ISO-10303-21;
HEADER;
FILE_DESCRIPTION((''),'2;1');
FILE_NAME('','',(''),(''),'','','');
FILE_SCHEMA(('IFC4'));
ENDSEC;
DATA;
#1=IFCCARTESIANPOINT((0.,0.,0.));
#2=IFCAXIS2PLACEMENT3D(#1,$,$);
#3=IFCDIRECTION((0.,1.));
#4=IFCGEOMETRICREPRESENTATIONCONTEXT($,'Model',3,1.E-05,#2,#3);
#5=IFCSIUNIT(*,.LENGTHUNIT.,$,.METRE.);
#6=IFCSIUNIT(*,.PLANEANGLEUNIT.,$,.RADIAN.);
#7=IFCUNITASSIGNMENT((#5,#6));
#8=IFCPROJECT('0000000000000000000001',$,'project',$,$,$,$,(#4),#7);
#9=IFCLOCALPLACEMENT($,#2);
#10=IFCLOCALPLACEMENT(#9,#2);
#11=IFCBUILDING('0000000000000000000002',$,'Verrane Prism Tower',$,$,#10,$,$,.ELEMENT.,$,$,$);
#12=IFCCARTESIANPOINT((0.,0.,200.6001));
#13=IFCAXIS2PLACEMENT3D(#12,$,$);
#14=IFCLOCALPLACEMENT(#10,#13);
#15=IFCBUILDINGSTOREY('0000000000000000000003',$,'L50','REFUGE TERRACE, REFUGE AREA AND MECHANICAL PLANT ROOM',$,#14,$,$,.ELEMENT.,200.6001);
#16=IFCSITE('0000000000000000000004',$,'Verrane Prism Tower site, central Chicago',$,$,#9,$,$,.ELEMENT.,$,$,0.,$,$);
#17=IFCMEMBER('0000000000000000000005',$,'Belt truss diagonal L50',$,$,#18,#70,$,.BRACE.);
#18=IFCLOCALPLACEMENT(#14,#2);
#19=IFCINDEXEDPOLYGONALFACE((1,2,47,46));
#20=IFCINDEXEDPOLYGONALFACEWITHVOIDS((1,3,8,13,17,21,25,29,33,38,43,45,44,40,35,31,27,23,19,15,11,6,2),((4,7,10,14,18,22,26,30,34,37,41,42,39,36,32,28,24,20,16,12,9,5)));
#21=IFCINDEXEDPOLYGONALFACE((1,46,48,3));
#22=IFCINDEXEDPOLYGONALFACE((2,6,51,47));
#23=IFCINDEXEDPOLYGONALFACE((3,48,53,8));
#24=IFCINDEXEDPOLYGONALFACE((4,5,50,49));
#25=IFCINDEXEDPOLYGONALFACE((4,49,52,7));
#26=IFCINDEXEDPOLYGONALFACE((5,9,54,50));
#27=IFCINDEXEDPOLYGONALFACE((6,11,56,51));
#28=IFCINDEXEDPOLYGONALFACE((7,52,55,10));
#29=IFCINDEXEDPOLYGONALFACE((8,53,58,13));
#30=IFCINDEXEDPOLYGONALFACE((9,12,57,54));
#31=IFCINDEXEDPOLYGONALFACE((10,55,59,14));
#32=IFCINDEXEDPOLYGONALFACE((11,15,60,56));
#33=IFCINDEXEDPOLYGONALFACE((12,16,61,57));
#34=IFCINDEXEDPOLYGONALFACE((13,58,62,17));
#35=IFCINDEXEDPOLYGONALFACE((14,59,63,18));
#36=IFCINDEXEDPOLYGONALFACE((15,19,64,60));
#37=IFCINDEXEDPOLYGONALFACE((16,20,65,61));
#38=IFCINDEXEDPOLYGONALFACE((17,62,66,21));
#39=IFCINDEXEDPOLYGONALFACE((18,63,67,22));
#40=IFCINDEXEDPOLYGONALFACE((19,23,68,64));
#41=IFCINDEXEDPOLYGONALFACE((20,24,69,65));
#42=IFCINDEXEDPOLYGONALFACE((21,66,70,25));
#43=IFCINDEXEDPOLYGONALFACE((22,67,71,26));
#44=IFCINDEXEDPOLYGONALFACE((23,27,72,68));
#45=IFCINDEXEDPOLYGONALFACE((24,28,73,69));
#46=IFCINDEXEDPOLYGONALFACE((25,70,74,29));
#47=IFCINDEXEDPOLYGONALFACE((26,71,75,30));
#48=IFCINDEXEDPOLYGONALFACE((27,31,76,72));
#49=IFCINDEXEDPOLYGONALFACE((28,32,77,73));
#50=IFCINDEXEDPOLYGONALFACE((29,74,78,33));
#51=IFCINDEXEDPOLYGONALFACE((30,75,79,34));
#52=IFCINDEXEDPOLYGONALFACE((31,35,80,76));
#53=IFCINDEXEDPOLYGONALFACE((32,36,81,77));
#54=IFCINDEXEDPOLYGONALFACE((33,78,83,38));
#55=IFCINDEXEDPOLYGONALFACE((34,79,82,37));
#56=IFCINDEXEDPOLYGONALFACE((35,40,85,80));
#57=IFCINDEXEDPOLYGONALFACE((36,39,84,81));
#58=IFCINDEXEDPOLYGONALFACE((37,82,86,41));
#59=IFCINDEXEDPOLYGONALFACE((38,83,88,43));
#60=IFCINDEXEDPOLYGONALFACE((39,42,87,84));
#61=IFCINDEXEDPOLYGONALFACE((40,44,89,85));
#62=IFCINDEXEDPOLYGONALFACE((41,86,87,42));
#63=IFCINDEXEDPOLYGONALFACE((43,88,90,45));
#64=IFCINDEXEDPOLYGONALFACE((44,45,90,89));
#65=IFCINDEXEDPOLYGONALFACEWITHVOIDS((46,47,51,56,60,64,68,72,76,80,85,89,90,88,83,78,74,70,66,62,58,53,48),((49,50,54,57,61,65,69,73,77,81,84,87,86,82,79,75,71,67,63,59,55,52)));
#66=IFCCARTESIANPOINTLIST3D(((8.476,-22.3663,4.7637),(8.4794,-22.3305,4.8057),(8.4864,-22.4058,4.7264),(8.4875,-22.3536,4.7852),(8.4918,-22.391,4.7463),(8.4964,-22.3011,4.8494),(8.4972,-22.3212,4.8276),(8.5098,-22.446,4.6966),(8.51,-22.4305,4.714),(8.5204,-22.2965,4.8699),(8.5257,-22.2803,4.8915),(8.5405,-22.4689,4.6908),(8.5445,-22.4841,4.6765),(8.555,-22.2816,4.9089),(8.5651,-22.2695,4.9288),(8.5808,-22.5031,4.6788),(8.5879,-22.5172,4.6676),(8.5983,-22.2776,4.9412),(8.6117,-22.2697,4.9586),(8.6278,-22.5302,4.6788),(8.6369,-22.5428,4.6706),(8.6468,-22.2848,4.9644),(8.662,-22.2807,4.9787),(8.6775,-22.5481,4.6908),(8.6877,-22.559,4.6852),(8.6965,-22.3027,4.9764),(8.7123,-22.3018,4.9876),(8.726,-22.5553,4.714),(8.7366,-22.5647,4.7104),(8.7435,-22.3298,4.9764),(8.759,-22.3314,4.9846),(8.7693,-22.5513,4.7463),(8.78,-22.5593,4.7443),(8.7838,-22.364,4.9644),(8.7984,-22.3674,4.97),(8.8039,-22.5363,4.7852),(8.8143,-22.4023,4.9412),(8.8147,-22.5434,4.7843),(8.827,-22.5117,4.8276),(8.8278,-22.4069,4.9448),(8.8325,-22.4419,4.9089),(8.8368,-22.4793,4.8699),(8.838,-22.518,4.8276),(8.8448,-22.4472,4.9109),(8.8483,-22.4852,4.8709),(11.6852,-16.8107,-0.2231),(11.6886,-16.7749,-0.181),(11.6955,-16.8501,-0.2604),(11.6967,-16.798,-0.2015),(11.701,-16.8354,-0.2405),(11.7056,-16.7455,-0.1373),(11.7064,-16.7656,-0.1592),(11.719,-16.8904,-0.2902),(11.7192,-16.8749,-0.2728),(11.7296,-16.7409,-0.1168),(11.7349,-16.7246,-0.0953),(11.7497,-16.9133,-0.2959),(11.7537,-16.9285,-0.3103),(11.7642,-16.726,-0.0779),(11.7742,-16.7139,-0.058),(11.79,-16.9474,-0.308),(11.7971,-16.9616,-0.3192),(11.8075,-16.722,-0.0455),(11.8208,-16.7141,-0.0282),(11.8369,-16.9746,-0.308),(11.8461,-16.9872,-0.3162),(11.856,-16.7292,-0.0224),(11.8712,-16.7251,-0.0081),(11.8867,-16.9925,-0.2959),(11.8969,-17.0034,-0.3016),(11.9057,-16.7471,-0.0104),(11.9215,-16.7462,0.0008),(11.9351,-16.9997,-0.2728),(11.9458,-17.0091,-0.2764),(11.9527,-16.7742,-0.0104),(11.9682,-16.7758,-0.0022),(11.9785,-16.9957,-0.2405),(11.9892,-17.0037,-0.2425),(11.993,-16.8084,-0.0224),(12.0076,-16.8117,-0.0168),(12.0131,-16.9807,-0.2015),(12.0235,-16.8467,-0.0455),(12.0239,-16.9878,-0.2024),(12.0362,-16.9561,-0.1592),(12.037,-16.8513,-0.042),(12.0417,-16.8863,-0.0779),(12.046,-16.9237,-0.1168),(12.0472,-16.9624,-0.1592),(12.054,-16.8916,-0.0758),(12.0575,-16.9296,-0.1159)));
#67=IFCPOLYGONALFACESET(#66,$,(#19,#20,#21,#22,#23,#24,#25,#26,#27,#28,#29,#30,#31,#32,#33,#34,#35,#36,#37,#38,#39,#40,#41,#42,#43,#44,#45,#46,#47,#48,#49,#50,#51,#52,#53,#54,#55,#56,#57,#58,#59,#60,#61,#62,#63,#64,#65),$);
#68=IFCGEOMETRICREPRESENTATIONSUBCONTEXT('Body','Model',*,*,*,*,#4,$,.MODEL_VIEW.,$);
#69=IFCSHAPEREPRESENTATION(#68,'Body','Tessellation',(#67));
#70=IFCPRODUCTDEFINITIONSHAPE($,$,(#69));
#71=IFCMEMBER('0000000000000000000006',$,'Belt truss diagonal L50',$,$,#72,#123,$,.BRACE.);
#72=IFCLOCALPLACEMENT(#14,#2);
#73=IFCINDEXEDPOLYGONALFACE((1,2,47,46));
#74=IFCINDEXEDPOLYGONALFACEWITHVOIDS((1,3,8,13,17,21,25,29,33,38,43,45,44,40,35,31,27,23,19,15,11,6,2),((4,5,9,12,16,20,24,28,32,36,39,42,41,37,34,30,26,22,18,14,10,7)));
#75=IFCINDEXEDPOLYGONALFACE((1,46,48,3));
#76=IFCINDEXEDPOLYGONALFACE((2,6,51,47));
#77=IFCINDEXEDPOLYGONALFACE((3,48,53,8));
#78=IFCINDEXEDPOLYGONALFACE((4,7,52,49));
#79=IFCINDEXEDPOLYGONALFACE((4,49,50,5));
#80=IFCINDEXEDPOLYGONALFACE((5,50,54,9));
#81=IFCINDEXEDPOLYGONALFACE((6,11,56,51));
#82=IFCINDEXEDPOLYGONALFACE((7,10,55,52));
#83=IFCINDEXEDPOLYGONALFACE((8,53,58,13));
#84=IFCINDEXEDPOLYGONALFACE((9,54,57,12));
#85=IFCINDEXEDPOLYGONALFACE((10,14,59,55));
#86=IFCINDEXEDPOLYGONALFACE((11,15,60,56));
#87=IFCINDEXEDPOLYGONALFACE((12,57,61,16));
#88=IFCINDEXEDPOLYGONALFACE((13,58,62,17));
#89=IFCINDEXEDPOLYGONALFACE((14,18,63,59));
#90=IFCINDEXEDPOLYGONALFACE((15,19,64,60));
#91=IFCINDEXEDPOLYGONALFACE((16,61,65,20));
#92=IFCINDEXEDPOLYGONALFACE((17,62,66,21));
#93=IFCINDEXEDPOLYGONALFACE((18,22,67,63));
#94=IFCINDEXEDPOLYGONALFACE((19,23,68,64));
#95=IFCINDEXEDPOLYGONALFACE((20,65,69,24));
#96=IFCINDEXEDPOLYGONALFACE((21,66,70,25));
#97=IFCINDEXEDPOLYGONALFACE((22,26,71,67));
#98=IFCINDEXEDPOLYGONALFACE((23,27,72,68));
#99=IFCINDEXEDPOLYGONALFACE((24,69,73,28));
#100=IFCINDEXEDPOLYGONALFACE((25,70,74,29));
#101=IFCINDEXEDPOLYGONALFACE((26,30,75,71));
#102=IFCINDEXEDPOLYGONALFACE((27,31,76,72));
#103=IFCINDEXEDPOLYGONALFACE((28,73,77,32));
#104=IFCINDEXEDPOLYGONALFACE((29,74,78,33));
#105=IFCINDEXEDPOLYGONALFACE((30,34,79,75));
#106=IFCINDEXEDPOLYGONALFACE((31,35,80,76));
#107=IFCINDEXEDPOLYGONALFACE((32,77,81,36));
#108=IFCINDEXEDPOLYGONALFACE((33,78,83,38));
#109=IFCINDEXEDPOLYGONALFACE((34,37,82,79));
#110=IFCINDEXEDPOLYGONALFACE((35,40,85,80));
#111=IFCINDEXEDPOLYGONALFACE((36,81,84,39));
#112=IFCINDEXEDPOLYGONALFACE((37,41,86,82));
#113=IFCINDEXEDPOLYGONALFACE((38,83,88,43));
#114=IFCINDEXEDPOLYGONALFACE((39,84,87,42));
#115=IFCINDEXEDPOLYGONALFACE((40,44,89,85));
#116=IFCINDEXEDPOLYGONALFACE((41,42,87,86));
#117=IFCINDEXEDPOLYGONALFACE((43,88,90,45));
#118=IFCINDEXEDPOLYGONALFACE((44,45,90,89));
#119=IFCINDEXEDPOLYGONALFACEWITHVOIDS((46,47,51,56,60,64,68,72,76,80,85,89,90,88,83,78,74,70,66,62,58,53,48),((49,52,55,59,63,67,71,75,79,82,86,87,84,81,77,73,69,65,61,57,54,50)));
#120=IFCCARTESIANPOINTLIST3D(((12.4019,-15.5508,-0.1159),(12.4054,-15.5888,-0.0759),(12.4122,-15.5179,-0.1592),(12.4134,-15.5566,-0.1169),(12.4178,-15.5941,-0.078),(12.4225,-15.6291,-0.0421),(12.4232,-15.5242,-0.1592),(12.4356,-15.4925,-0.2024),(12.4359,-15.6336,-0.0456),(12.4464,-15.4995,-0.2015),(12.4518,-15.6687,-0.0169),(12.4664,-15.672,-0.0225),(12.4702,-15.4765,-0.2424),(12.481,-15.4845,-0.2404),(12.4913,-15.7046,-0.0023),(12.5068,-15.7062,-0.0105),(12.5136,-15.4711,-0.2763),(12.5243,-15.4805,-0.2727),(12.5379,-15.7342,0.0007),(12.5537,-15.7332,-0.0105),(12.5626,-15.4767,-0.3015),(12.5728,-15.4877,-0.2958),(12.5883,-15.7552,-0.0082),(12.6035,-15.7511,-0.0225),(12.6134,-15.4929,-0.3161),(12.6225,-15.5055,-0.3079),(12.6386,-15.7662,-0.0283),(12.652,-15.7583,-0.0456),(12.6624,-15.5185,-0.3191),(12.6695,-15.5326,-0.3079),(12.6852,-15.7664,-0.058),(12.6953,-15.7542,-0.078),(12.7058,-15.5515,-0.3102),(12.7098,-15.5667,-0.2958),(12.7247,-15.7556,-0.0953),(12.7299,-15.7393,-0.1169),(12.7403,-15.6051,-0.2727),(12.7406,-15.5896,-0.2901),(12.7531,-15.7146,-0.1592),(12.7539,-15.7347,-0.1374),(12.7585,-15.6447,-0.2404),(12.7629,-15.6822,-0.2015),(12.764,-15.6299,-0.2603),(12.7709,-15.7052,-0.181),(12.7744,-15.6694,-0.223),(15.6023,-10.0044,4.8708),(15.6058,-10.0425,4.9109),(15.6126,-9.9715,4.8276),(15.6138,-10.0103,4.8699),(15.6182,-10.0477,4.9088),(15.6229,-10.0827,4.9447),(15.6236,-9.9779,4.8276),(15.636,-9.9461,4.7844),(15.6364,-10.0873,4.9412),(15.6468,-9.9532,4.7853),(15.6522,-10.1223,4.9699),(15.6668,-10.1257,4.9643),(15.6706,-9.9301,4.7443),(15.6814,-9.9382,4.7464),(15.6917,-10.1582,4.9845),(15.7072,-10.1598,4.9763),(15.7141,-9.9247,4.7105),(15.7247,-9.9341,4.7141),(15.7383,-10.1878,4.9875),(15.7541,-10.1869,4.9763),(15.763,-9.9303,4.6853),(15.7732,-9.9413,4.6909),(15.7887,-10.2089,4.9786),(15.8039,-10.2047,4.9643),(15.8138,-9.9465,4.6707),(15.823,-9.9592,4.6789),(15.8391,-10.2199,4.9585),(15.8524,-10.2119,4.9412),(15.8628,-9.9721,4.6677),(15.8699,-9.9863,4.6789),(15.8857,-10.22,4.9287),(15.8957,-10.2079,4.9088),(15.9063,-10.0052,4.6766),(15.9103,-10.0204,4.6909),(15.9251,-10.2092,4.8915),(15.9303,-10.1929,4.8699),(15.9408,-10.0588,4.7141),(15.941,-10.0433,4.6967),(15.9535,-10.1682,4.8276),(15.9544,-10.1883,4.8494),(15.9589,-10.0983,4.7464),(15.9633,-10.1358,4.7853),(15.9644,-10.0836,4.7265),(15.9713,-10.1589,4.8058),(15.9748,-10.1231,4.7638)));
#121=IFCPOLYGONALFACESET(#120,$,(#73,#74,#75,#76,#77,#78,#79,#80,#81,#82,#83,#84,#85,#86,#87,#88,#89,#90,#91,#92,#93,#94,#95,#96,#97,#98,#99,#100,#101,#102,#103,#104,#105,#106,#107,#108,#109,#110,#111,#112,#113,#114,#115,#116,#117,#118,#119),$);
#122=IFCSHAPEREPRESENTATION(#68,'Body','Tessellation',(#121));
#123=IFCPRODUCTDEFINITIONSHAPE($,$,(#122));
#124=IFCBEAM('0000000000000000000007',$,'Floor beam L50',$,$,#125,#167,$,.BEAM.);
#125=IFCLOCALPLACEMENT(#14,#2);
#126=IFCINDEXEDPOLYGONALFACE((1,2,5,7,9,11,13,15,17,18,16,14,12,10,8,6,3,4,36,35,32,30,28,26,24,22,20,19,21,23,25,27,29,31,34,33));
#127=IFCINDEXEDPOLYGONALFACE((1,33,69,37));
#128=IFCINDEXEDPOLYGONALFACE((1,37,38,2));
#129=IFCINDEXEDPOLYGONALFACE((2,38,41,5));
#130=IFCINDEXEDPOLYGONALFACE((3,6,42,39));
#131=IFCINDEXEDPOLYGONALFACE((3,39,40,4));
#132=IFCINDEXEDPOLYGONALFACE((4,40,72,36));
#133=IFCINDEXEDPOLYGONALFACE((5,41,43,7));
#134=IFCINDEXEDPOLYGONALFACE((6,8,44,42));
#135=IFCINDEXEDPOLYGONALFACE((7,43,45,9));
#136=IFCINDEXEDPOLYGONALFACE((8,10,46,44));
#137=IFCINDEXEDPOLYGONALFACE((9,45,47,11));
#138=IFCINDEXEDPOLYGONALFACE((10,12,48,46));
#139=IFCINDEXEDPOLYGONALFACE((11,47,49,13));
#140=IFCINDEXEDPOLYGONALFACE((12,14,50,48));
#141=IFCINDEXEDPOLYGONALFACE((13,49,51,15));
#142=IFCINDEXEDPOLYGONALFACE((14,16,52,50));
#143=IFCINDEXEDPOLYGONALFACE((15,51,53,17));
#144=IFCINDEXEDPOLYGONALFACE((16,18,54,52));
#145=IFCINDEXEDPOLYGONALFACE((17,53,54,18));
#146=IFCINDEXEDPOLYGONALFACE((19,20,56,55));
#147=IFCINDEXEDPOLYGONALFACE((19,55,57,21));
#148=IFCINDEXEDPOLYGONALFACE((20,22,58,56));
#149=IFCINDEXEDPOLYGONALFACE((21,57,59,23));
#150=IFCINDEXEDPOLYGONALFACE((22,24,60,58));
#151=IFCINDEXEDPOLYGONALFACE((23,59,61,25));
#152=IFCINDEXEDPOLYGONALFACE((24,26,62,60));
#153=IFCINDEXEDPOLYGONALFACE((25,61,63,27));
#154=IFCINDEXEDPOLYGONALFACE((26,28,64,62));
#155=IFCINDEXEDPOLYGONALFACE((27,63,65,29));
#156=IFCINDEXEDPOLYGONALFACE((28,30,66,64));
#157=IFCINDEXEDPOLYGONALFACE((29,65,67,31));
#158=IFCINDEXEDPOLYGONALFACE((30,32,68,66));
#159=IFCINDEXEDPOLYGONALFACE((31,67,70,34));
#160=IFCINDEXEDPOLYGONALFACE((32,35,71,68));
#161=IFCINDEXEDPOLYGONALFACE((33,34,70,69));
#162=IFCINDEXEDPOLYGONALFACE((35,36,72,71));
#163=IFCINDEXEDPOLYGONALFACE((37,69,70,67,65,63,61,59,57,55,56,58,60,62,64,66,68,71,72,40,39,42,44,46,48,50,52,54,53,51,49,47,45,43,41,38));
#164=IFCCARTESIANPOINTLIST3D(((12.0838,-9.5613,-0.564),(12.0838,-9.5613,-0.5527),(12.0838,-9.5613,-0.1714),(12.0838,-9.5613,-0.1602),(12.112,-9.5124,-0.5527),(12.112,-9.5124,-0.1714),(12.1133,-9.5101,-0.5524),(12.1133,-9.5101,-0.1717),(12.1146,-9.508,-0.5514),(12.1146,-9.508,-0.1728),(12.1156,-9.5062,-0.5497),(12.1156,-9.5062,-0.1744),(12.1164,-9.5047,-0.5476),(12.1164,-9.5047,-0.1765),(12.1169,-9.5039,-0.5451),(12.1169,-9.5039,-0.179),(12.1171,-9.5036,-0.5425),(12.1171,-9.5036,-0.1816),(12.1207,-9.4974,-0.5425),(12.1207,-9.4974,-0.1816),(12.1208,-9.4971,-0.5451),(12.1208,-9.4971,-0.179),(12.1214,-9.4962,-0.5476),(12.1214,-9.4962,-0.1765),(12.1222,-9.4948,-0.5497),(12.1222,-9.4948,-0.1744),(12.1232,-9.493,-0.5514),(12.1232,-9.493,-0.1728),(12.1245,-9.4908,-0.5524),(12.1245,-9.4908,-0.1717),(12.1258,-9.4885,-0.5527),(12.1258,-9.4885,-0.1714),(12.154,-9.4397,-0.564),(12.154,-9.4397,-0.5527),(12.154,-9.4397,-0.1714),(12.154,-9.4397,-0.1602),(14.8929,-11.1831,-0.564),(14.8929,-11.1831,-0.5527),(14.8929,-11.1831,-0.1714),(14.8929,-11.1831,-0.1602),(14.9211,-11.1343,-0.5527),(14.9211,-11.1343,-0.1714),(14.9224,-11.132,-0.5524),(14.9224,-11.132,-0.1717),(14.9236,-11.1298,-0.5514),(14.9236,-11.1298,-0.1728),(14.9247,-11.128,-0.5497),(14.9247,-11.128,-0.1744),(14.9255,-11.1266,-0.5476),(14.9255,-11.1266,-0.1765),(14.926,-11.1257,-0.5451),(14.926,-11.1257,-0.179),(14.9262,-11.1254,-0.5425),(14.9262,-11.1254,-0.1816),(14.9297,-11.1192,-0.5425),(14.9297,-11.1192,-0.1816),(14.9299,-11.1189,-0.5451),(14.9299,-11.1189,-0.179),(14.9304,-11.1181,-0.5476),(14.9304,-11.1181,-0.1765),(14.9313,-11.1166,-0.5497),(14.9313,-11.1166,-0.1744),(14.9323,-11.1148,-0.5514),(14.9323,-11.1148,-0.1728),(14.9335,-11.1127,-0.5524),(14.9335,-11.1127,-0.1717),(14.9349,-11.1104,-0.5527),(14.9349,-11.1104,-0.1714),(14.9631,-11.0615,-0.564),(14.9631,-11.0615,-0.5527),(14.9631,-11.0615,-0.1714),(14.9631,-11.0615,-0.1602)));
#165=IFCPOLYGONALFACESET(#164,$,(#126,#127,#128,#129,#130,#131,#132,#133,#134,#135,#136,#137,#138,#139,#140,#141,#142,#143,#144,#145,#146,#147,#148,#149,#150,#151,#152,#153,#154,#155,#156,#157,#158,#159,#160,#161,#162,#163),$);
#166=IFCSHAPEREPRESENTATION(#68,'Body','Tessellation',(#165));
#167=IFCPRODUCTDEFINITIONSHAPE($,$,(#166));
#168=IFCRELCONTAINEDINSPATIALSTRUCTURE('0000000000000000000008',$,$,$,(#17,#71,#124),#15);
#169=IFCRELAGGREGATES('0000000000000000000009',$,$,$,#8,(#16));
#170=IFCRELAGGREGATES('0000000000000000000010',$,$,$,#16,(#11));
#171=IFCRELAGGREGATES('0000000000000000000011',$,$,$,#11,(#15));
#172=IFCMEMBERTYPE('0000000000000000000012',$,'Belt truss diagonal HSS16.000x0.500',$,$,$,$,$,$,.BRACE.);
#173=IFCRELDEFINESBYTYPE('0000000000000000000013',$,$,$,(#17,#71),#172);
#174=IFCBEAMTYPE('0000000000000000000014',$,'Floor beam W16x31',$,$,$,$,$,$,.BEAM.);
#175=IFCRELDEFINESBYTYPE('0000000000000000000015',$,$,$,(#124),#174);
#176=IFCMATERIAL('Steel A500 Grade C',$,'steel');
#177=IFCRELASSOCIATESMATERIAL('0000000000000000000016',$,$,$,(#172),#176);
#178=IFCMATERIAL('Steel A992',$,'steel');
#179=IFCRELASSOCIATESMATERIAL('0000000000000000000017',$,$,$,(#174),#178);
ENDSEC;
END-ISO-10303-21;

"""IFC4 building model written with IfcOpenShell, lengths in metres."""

from ifc_helpers import new_model, si_unit, direction, frame, origin, origin_2d, place, context, subcontext, project, spatial, hollow_circle, i_section, extrude, material, material_profile, profile_set, type_object, element, save


model = new_model("IFC4")

# Units and contexts
model_context = context("Model", 3, precision=1e-05, world=origin(), true_north=direction((0.0, 1.0)))
body_context = subcontext(model_context, "Body", "Model", "MODEL_VIEW")
ifc_project = project(units=[si_unit("LENGTHUNIT", "METRE"), si_unit("PLANEANGLEUNIT", "RADIAN")], contexts=[model_context])

# Site, building, storey
site_placement = place(None, origin())
site = spatial("IfcSite", under=ifc_project, at=site_placement, Name="Verrane Prism Tower site, central Chicago", CompositionType="ELEMENT", RefElevation=0.0)
building_placement = place(site_placement, origin())
building = spatial("IfcBuilding", under=site, at=building_placement, Name="Verrane Prism Tower", CompositionType="ELEMENT")
storey_placement = place(building_placement, frame((0.0, 0.0, 200.6001)))
storey = spatial("IfcBuildingStorey", under=building, at=storey_placement, Name="L50", Description="REFUGE TERRACE, REFUGE AREA AND MECHANICAL PLANT ROOM", CompositionType="ELEMENT", Elevation=200.6001)

# Members
ifc_material_1 = material(Name="Steel A500 Grade C", Category="steel")
ifc_material_profile_1 = material_profile(ifc_material_1, hollow_circle(Radius=0.2031, WallThickness=0.0127, at=origin_2d()), Name="HSS16.000x0.500")
ifc_profile_set_1 = profile_set([ifc_material_profile_1], Name="Steel A500 Grade C")
member_type_1 = type_object("IfcMemberType", Name="Belt truss diagonal HSS16.000x0.500", PredefinedType="BRACE", material=ifc_profile_set_1)
member_1_placement = place(storey_placement, frame((11.8713, -16.8608, -0.1592), z_axis=(-0.39493, -0.683685, 0.613682), x_axis=(0.865913, -0.500195, 0.0)))
element("IfcMember", 1, at=member_1_placement, inside=storey, type_object=member_type_1, Name="Belt truss diagonal L50", PredefinedType="BRACE", context=body_context, shape_type="SweptSolid", body=[
    extrude(hollow_circle(Radius=0.2031, WallThickness=0.0127, at=origin_2d()), origin(), (0.0, 0.0, 1.0), 8.126),
])
member_2_placement = place(storey_placement, frame((12.5881, -15.6194, -0.1592), z_axis=(0.394325, 0.683368, 0.614424), x_axis=(-0.866145, 0.499793, 0.0)))
element("IfcMember", 2, at=member_2_placement, inside=storey, type_object=member_type_1, Name="Belt truss diagonal L50", PredefinedType="BRACE", context=body_context, shape_type="SweptSolid", body=[
    extrude(hollow_circle(Radius=0.2031, WallThickness=0.0127, at=origin_2d()), origin(), (0.0, 0.0, 1.0), 8.1162),
])

# Beam
ifc_material_2 = material(Name="Steel A992", Category="steel")
ifc_material_profile_2 = material_profile(ifc_material_2, i_section(OverallWidth=0.1404, OverallDepth=0.4038, WebThickness=0.0071, FlangeThickness=0.0112, FilletRadius=0.0103, at=origin_2d()), Name="W16x31")
ifc_profile_set_2 = profile_set([ifc_material_profile_2], Name="Steel A992")
beam_type_1 = type_object("IfcBeamType", Name="Floor beam W16x31", PredefinedType="BEAM", material=ifc_profile_set_2)
beam_1_placement = place(storey_placement, frame((14.928, -11.1223, -0.3621), z_axis=(-0.866025, 0.5, 0.0), x_axis=(-0.5, -0.866025, 0.0)))
element("IfcBeam", 3, at=beam_1_placement, inside=storey, type_object=beam_type_1, Name="Floor beam L50", PredefinedType="BEAM", context=body_context, shape_type="SweptSolid", body=[
    extrude(i_section(OverallWidth=0.1404, OverallDepth=0.4038, WebThickness=0.0071, FlangeThickness=0.0112, FilletRadius=0.0103, at=origin_2d()), origin(), (0.0, 0.0, 1.0), 3.2437),
])

save(model, "model.ifc")
